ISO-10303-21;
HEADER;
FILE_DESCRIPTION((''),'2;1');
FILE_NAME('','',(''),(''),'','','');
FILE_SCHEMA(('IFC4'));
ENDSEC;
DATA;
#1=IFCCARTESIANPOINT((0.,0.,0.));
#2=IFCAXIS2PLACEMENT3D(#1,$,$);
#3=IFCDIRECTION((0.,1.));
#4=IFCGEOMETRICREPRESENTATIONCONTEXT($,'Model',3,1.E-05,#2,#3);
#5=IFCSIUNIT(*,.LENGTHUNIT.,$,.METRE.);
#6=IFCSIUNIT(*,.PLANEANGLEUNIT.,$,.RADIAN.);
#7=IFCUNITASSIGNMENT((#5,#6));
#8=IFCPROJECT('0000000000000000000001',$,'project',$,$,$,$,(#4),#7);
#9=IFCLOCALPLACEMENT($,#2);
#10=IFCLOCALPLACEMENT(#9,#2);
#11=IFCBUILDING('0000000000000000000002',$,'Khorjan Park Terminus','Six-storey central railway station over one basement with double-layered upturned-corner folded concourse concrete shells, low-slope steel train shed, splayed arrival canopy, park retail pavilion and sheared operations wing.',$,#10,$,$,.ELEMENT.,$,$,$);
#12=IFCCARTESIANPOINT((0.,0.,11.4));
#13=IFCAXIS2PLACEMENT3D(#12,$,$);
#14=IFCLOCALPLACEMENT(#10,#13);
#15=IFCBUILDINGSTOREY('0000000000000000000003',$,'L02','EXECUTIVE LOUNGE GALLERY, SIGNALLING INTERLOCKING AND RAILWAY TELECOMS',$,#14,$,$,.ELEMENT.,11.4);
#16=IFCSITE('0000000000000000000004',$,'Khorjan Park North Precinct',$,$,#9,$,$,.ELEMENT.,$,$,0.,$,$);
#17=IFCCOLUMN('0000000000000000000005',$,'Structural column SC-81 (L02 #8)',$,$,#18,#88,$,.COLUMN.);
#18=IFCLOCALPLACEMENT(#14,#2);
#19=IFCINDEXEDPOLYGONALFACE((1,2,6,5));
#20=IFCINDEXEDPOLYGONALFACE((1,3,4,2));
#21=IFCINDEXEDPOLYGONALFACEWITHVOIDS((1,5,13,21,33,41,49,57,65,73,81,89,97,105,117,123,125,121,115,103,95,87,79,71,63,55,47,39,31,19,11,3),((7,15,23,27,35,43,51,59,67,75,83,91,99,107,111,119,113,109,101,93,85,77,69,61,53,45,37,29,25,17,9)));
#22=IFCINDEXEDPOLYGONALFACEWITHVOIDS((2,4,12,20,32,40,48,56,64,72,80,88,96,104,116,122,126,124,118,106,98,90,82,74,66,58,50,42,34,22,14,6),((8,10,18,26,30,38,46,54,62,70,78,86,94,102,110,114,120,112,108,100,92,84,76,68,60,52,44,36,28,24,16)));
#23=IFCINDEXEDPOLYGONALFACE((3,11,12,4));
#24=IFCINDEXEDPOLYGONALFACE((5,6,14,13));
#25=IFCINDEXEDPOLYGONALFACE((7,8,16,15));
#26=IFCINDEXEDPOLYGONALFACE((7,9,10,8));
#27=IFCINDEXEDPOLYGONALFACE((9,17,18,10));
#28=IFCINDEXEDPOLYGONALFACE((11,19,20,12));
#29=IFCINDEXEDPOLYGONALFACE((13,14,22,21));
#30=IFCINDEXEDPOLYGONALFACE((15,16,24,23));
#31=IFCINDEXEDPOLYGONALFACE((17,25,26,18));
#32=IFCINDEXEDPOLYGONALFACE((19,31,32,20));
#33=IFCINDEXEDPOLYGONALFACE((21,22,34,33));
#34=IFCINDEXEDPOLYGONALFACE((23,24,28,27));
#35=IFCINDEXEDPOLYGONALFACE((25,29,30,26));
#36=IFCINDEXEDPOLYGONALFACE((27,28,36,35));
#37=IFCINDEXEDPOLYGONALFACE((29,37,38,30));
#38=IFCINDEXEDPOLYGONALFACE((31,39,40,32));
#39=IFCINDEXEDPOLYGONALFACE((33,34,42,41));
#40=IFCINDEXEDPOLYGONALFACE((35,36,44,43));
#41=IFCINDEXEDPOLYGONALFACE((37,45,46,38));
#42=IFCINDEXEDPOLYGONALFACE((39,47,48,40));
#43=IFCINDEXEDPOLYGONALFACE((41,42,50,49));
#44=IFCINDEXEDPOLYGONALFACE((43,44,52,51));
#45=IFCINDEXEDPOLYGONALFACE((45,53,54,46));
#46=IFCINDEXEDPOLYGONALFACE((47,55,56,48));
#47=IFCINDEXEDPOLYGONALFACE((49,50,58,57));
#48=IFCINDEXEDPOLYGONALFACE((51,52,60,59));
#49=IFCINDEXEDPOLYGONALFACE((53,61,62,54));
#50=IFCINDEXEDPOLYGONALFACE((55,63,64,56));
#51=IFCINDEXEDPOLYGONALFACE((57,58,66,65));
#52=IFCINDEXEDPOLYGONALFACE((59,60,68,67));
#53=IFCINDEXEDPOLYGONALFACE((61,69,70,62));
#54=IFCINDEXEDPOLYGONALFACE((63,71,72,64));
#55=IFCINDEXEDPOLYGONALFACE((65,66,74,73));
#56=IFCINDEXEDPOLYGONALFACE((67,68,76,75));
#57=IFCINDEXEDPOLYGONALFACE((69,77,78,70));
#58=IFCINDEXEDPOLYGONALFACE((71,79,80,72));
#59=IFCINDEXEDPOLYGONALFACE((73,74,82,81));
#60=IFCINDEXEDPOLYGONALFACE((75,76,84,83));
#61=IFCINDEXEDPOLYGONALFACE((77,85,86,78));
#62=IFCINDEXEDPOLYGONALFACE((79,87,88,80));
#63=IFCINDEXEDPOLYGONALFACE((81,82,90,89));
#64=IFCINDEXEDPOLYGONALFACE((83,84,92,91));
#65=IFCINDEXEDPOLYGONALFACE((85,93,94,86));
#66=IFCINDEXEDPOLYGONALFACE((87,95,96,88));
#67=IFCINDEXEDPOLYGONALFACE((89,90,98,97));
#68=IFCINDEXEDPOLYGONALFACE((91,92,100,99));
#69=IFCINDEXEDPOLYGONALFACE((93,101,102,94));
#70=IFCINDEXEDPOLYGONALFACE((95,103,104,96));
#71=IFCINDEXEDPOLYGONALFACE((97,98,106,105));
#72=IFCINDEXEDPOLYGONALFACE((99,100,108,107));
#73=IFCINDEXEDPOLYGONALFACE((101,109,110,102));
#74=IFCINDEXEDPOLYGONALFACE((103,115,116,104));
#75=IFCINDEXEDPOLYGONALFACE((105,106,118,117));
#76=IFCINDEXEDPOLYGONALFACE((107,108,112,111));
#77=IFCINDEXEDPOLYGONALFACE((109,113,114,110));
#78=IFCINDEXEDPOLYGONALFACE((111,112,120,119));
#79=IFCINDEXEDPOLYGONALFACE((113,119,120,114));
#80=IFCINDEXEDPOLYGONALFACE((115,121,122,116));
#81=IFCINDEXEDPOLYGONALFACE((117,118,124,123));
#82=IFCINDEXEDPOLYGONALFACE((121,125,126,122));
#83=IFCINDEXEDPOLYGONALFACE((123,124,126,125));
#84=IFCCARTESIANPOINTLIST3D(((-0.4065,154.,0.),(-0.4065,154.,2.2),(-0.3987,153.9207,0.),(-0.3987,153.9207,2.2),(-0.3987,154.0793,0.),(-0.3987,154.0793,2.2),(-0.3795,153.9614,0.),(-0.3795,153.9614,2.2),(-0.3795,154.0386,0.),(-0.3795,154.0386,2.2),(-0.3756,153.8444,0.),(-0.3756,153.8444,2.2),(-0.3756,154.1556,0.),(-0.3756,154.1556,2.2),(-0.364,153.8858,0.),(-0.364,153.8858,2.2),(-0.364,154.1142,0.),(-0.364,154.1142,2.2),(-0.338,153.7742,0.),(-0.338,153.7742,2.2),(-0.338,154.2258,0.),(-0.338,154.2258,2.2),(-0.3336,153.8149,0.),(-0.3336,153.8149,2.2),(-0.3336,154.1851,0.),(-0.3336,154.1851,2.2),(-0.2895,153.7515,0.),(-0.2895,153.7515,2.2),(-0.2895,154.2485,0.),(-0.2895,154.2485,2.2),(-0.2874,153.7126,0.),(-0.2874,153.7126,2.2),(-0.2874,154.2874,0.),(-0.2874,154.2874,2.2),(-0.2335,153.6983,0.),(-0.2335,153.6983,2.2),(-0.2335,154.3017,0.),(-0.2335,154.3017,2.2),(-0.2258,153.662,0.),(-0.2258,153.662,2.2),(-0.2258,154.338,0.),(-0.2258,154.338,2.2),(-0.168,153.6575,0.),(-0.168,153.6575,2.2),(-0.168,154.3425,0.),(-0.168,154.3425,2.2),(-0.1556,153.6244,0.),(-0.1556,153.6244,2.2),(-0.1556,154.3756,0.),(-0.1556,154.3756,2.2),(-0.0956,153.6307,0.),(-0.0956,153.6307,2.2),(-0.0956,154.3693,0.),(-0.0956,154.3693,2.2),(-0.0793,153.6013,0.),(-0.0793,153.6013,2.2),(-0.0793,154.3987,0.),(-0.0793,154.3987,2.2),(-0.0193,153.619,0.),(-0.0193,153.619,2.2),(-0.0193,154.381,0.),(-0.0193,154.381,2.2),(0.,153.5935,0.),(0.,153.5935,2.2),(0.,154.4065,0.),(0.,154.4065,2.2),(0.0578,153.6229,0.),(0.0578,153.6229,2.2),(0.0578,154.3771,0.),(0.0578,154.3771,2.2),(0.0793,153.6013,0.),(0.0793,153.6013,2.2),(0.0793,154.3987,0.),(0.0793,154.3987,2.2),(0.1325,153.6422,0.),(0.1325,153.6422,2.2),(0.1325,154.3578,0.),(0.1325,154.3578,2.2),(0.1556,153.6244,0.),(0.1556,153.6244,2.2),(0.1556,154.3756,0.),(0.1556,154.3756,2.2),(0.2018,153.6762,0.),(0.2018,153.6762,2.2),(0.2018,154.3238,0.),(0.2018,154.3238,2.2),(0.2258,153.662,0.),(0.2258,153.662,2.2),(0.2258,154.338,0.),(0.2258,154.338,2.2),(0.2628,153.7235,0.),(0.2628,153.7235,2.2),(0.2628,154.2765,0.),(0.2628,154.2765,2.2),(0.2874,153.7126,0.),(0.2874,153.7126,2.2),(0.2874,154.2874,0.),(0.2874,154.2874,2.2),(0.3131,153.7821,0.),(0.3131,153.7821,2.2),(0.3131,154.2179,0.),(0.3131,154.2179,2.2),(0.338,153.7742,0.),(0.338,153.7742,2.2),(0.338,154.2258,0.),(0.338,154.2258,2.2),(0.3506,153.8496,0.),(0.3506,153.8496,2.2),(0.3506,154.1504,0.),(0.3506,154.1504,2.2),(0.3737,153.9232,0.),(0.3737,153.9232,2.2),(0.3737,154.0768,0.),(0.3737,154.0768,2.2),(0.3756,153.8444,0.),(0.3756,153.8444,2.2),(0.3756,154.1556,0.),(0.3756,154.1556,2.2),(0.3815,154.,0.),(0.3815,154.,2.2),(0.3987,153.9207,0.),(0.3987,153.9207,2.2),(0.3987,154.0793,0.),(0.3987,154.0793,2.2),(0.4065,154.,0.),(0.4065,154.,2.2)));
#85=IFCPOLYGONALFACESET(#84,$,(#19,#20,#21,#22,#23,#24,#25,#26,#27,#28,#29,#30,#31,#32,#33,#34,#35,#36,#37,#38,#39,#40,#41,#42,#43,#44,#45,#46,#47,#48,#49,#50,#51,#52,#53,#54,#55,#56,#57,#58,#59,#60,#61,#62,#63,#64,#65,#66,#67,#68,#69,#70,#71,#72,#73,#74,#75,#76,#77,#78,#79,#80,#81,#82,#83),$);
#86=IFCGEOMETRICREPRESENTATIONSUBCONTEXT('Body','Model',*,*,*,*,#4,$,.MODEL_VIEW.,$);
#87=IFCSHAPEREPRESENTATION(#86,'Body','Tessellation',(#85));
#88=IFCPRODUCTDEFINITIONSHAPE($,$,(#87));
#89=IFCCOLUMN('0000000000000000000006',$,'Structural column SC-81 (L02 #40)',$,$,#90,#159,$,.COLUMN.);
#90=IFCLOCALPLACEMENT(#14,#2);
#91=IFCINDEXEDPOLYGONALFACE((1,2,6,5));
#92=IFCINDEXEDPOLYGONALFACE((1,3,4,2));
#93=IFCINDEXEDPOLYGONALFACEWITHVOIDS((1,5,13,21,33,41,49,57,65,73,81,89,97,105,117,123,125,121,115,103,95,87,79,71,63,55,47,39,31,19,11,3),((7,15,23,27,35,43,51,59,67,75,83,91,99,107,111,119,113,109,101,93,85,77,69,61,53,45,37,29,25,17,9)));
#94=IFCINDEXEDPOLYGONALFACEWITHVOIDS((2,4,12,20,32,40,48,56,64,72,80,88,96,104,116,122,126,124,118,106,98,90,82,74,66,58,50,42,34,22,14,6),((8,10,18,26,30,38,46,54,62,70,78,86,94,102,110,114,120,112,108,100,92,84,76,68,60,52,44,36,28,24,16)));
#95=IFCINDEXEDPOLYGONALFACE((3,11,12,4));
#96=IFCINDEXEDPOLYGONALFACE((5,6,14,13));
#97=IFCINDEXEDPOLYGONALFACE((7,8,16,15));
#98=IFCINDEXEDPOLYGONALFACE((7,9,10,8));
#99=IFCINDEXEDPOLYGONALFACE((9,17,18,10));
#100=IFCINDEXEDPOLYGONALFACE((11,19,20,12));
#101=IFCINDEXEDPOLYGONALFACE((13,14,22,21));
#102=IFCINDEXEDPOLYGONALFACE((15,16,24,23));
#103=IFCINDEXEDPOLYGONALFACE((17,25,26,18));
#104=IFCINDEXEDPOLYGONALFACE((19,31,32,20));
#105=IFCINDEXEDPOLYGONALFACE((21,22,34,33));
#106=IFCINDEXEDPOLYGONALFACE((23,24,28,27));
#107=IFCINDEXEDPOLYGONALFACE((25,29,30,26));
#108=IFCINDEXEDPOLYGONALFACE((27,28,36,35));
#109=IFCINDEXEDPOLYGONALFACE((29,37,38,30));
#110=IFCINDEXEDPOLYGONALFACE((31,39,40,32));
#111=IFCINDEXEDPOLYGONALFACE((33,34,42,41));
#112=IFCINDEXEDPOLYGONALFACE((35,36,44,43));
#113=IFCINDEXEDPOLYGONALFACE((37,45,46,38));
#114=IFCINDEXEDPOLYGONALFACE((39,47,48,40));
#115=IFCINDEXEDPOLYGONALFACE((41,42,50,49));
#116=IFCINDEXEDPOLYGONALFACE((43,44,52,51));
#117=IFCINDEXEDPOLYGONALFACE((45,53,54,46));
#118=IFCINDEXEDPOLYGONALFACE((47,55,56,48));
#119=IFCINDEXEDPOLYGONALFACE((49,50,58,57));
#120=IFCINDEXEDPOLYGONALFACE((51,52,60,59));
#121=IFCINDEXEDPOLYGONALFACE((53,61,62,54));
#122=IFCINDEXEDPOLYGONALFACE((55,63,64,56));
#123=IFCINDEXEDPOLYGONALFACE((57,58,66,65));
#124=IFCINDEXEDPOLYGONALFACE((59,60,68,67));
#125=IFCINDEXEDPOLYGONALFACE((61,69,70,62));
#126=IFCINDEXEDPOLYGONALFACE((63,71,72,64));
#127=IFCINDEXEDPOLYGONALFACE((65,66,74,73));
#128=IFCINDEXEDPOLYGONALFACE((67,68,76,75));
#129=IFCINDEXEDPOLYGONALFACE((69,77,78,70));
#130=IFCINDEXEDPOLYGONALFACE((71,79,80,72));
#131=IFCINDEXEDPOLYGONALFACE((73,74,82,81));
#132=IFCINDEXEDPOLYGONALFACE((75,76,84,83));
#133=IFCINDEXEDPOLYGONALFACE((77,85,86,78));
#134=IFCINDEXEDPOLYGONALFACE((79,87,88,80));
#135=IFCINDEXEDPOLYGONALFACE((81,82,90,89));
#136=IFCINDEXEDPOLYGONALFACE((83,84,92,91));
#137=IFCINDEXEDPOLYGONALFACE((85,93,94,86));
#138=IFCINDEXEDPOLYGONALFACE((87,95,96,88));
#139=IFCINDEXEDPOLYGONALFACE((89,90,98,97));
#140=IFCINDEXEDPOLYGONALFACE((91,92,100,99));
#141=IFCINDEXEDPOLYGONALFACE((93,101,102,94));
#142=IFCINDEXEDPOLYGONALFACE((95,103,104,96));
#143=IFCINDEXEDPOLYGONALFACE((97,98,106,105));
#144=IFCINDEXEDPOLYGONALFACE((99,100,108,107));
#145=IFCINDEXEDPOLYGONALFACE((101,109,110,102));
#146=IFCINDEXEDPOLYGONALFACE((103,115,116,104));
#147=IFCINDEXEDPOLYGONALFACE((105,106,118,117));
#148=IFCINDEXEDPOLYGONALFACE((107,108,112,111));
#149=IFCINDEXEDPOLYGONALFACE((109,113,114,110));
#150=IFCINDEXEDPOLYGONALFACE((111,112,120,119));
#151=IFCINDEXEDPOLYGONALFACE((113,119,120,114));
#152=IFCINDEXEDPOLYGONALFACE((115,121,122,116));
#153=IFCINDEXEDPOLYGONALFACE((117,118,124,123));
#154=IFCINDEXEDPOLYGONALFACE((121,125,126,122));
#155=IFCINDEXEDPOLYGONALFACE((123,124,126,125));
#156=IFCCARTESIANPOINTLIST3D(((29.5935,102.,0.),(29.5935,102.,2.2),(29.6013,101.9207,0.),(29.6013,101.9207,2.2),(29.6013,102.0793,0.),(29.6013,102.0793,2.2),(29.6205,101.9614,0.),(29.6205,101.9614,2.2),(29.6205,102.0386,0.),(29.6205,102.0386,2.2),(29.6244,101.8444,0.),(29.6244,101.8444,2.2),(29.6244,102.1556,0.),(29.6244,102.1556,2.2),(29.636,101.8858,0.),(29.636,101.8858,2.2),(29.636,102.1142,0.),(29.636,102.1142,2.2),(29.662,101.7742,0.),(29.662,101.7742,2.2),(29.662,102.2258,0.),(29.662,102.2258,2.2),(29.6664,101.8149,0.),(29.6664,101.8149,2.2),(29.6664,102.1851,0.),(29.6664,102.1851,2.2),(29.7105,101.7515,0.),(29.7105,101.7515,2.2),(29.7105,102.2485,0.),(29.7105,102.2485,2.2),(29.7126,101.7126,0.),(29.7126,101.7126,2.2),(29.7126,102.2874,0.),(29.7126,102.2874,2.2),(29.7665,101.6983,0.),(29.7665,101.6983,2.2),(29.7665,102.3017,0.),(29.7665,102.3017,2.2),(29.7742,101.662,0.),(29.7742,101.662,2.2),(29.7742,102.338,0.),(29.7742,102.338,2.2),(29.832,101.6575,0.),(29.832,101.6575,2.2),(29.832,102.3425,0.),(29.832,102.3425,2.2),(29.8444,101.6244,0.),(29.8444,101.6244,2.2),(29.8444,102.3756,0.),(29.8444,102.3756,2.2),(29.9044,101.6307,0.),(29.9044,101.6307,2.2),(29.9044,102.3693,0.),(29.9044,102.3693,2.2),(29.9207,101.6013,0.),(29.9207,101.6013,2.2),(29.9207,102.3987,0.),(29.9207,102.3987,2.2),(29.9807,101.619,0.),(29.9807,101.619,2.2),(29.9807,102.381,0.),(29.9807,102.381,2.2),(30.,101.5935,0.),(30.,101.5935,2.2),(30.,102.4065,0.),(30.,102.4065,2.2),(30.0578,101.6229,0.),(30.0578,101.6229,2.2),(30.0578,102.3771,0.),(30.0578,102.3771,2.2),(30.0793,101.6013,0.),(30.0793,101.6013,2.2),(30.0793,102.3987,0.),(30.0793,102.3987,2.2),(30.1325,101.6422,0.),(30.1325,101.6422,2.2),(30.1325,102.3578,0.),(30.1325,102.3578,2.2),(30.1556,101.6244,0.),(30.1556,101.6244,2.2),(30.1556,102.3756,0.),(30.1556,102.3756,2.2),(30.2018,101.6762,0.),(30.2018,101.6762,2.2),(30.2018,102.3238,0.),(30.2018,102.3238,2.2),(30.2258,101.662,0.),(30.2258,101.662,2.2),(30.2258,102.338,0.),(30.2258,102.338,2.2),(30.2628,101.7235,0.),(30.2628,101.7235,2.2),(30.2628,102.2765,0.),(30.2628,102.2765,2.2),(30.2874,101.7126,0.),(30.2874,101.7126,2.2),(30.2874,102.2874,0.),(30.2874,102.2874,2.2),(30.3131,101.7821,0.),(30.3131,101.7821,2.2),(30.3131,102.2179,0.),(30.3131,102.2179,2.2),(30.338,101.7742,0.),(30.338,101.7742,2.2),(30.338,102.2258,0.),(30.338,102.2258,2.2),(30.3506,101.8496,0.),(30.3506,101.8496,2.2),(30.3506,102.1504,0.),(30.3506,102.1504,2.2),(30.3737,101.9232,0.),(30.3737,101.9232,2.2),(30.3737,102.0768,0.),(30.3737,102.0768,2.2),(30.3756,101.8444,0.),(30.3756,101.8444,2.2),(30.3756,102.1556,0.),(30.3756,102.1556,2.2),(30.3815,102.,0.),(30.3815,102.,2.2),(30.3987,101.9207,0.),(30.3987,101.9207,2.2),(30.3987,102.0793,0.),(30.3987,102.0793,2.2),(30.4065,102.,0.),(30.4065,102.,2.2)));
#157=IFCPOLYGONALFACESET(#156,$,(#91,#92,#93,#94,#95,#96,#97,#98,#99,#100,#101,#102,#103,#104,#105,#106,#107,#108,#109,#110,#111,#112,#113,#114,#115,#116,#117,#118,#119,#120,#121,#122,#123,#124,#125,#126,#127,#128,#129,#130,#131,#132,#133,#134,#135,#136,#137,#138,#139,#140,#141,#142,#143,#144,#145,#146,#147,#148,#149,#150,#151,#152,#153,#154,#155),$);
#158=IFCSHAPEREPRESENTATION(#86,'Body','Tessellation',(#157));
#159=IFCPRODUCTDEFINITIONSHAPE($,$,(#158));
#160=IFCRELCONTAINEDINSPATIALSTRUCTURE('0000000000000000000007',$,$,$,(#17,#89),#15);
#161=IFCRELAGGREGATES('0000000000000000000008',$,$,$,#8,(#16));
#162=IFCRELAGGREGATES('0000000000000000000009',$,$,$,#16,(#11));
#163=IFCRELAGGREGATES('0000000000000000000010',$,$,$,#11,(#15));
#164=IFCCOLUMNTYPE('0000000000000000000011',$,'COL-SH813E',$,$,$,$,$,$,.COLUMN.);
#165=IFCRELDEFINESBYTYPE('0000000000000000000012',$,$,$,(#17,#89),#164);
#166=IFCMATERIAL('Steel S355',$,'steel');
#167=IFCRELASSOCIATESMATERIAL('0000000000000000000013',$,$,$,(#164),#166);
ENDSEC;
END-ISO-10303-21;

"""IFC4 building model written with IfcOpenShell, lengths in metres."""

from ifc_helpers import new_model, si_unit, direction, frame, origin, origin_2d, place, context, subcontext, project, spatial, hollow_circle, extrude, material, material_profile, profile_set, type_object, element, save


model = new_model("IFC4")

# Units and contexts
model_context = context("Model", 3, precision=1e-05, world=origin(), true_north=direction((0.0, 1.0)))
body_context = subcontext(model_context, "Body", "Model", "MODEL_VIEW")
ifc_project = project(units=[si_unit("LENGTHUNIT", "METRE"), si_unit("PLANEANGLEUNIT", "RADIAN")], contexts=[model_context])

# Site, building, storey
site_placement = place(None, origin())
site = spatial("IfcSite", under=ifc_project, at=site_placement, Name="Khorjan Park North Precinct", CompositionType="ELEMENT", RefElevation=0.0)
building_placement = place(site_placement, origin())
building = spatial("IfcBuilding", under=site, at=building_placement, Name="Khorjan Park Terminus", Description="Six-storey central railway station over one basement with double-layered upturned-corner folded concourse concrete shells, low-slope steel train shed, splayed arrival canopy, park retail pavilion and sheared operations wing.", CompositionType="ELEMENT")
storey_placement = place(building_placement, frame((0.0, 0.0, 11.4)))
storey = spatial("IfcBuildingStorey", under=building, at=storey_placement, Name="L02", Description="EXECUTIVE LOUNGE GALLERY, SIGNALLING INTERLOCKING AND RAILWAY TELECOMS", CompositionType="ELEMENT", Elevation=11.4)

# Columns
ifc_material = material(Name="Steel S355", Category="steel")
ifc_material_profile_1 = material_profile(ifc_material, hollow_circle(Radius=0.4065, WallThickness=0.025, at=origin_2d()), Name="CHS 813x25")
ifc_profile_set_1 = profile_set([ifc_material_profile_1], Name="Steel S355")
column_type_1 = type_object("IfcColumnType", Name="COL-SH813E", PredefinedType="COLUMN", material=ifc_profile_set_1)
for number, where, z_axis, x_axis, name in (
    (1, (0.0, 154.0, 0.0), (0.0, 0.0, 1.0), (1.0, 0.0, 0.0), "Structural column SC-81 (L02 #8)"),
    (2, (30.0, 102.0, 0.0), (0.0, 0.0, 1.0), (1.0, 0.0, 0.0), "Structural column SC-81 (L02 #40)"),
):
    element("IfcColumn", number, at=place(storey_placement, frame(where, z_axis=z_axis, x_axis=x_axis)), inside=storey, type_object=column_type_1, Name=name, PredefinedType="COLUMN", context=body_context, shape_type="SweptSolid", body=[
        extrude(hollow_circle(Radius=0.4065, WallThickness=0.025, at=origin_2d()), origin(), (0.0, 0.0, 1.0), 2.2),
    ])

save(model, "model.ifc")
